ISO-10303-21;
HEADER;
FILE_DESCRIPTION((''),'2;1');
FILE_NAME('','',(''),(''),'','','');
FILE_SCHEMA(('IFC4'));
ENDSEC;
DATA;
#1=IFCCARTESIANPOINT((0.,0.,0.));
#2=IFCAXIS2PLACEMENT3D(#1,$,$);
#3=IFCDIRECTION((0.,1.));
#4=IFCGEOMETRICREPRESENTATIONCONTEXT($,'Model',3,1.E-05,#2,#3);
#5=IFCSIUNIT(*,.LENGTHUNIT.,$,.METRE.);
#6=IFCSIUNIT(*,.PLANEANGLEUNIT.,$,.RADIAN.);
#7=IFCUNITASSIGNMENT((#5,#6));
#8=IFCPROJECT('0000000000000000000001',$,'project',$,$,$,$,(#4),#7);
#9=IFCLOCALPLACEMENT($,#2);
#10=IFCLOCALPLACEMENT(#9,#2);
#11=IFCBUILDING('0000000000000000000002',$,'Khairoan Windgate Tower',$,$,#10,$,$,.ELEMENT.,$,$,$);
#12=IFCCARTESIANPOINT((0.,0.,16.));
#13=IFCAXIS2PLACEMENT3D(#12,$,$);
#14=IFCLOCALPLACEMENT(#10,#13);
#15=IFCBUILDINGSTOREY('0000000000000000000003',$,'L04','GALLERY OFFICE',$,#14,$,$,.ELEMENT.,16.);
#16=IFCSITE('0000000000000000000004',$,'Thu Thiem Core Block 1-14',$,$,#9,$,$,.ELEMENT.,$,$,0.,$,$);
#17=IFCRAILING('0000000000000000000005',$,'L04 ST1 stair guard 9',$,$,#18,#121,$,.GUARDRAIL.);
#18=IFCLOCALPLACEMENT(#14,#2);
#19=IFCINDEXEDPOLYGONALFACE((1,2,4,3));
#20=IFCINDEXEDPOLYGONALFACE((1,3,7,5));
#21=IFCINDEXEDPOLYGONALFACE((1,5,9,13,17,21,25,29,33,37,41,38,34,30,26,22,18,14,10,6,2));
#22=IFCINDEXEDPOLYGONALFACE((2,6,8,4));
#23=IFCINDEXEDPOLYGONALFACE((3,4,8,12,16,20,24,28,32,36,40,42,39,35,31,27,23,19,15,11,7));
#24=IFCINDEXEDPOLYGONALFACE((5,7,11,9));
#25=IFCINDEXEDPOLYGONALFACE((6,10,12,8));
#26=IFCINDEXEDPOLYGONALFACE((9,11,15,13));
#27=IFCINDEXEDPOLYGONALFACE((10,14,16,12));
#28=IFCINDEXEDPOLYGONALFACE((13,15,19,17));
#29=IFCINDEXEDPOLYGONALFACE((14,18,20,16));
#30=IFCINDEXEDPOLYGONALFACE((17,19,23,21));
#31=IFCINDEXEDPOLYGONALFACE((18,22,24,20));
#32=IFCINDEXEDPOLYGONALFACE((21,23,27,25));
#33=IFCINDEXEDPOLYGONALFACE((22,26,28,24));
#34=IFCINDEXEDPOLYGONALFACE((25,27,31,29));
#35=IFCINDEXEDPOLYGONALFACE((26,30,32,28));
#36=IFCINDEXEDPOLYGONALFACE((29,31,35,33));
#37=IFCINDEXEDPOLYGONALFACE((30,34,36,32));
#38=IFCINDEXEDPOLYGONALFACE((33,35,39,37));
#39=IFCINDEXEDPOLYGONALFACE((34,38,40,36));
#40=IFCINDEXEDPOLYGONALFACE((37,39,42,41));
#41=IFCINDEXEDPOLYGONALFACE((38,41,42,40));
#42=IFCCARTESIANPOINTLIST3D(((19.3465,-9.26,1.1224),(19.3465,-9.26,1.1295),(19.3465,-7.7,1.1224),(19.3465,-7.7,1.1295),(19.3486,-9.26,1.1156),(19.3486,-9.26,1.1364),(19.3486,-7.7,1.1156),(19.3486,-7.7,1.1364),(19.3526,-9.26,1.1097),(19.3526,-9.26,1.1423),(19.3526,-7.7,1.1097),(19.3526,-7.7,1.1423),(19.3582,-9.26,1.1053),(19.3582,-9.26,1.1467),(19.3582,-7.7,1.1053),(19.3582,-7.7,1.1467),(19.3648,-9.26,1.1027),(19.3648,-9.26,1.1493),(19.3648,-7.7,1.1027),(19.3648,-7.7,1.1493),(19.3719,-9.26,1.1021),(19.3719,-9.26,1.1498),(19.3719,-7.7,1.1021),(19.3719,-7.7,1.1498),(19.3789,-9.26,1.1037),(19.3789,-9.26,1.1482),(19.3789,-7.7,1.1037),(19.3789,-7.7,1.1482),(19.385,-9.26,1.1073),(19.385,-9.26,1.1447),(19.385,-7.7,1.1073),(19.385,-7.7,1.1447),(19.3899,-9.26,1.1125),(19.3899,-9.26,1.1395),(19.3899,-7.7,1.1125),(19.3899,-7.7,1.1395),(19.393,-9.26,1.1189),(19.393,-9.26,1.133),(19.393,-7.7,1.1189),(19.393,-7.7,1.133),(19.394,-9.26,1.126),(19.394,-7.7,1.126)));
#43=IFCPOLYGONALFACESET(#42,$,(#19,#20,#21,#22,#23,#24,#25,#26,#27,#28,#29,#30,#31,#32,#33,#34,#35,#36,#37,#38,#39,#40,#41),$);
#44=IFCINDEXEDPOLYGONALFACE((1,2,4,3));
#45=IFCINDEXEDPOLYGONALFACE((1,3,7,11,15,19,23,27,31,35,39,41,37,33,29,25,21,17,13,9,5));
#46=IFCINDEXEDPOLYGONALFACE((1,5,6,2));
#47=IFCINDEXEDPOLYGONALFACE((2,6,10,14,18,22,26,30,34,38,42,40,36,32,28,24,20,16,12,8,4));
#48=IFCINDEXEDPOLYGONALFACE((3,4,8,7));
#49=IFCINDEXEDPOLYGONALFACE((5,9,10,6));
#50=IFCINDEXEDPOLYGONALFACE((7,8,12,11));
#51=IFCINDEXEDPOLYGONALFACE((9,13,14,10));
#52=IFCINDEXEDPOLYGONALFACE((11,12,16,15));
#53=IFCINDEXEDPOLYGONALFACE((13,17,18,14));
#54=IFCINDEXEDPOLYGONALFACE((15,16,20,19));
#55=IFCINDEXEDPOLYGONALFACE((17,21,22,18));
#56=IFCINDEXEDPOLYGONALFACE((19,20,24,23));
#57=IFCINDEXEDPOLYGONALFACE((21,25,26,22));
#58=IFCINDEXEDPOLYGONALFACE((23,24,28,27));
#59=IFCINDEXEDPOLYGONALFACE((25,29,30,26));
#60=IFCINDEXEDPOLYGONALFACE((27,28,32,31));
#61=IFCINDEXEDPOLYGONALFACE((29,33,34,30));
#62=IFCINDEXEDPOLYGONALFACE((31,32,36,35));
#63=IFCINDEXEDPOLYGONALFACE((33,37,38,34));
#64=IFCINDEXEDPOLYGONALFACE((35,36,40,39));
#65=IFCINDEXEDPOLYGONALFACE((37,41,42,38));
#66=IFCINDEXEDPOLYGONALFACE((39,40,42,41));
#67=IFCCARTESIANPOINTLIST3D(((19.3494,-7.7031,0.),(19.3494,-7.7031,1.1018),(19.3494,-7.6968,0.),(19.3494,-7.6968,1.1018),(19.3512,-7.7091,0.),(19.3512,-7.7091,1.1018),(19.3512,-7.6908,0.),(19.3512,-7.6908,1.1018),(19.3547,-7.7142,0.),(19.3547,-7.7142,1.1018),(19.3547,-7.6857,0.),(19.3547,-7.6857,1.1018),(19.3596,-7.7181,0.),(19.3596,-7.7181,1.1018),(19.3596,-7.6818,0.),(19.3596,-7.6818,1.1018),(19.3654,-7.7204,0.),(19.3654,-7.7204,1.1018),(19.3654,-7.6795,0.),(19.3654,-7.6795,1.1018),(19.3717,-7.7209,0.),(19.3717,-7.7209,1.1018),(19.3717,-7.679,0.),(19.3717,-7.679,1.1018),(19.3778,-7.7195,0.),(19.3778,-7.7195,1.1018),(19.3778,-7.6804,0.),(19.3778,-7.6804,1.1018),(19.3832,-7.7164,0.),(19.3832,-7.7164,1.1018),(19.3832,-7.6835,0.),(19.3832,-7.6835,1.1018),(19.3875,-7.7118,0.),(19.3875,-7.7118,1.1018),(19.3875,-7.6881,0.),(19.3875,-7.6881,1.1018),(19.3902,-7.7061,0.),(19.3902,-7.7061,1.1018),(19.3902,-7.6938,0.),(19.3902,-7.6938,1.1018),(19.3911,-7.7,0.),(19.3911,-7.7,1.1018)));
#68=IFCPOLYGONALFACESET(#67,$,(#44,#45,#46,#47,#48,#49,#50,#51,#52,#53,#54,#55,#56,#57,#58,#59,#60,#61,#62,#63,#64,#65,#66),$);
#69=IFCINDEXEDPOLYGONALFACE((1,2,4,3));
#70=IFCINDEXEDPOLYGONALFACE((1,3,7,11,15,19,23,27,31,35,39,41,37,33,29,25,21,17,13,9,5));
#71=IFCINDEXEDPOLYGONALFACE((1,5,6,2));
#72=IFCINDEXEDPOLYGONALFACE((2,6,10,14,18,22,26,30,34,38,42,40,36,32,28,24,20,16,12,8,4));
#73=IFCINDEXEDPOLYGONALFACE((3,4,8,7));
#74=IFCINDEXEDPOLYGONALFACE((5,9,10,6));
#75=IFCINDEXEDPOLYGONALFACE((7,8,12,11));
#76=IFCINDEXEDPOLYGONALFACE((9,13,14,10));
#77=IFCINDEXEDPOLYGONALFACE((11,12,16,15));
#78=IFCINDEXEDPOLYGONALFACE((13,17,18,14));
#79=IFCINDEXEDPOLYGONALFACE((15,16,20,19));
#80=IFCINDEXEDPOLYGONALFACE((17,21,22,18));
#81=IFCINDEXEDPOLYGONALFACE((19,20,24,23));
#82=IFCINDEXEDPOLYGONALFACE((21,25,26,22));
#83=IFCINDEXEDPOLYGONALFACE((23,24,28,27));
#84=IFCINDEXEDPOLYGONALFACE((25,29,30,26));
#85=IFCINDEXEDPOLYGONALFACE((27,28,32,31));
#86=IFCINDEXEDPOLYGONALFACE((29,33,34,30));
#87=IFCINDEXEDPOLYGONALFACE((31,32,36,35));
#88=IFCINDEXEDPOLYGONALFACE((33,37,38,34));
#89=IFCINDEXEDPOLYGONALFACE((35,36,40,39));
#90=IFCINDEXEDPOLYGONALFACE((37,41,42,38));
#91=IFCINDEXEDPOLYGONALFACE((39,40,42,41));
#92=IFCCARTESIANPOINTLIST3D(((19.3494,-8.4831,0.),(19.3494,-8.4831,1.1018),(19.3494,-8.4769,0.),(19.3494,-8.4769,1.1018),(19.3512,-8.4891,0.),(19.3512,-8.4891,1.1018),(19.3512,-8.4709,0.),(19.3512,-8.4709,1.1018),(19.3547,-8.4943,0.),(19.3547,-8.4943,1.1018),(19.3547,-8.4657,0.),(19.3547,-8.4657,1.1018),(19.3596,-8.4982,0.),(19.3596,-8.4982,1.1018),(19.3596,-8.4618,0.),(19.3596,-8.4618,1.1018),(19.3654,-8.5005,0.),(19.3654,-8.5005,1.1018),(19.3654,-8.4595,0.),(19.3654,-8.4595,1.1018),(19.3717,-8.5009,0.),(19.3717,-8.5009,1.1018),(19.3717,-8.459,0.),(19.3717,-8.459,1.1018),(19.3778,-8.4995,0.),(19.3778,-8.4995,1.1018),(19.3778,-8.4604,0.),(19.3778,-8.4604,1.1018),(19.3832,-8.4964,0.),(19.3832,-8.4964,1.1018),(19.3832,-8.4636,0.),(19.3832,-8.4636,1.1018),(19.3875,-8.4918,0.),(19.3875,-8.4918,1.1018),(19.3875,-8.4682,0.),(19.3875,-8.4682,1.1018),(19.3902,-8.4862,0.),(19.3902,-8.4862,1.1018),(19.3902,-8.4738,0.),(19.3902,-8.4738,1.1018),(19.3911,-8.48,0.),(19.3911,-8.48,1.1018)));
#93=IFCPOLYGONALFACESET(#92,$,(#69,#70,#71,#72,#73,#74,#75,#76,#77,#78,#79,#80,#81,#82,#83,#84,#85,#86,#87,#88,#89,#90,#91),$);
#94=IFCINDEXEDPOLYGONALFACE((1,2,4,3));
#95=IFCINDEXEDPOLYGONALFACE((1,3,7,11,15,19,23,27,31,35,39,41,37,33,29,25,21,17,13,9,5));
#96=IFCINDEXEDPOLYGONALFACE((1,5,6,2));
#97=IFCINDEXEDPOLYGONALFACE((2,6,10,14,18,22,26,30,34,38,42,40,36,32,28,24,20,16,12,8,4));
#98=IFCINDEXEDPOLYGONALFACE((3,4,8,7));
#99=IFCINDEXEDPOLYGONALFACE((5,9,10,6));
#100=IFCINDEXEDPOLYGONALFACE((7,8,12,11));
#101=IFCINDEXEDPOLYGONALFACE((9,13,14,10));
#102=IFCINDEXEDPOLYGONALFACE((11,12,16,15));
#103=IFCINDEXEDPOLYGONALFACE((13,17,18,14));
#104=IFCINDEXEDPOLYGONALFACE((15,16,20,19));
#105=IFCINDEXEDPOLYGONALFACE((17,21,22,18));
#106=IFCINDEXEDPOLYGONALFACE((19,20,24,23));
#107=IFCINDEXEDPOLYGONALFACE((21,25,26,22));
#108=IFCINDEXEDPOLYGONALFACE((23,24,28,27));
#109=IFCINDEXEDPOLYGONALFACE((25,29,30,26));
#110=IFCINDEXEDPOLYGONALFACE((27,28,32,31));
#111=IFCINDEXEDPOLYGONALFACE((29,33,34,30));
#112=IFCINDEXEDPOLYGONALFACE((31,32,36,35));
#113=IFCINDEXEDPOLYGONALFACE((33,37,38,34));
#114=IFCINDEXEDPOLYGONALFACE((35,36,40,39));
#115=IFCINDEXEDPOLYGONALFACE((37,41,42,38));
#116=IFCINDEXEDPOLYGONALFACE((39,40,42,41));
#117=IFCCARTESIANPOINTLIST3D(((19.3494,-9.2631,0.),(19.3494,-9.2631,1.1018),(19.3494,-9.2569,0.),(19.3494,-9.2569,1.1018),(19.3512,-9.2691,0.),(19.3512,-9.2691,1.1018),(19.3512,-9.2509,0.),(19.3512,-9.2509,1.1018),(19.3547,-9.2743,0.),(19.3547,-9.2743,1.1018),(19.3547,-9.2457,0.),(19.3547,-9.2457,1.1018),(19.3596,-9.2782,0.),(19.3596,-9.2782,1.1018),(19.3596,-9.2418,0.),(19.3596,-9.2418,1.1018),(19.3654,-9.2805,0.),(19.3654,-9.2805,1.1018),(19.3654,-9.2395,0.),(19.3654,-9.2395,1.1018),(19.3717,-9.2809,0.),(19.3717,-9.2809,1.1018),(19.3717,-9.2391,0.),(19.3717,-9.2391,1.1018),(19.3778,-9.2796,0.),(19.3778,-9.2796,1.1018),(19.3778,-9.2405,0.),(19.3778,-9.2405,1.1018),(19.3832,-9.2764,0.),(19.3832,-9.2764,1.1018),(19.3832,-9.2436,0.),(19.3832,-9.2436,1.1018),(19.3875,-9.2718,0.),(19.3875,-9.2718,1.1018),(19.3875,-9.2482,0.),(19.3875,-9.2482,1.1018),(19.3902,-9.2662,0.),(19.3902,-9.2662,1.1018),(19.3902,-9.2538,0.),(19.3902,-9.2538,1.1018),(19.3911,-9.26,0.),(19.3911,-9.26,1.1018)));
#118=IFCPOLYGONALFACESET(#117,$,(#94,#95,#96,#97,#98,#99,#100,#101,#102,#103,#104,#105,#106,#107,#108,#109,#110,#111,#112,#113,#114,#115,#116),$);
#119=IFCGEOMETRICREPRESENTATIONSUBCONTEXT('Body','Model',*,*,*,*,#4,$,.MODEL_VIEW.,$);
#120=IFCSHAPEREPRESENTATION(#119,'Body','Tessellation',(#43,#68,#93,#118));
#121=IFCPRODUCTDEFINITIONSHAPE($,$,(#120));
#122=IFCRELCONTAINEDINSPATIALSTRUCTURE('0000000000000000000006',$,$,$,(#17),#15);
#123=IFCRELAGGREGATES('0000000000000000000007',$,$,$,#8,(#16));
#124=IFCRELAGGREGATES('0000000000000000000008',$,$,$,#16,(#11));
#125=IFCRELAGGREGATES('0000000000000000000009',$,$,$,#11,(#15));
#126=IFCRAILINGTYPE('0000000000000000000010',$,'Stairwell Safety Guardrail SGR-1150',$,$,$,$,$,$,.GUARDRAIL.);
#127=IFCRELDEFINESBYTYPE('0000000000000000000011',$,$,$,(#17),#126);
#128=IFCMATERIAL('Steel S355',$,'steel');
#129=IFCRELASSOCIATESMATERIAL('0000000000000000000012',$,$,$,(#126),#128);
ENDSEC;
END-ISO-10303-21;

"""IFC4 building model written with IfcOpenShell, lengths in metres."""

from ifc_helpers import new_model, si_unit, direction, frame, origin, origin_2d, place, context, subcontext, project, spatial, circle, extrude, material, type_object, element, save


model = new_model("IFC4")

# Units and contexts
model_context = context("Model", 3, precision=1e-05, world=origin(), true_north=direction((0.0, 1.0)))
body_context = subcontext(model_context, "Body", "Model", "MODEL_VIEW")
ifc_project = project(units=[si_unit("LENGTHUNIT", "METRE"), si_unit("PLANEANGLEUNIT", "RADIAN")], contexts=[model_context])

# Site, building, storey
site_placement = place(None, origin())
site = spatial("IfcSite", under=ifc_project, at=site_placement, Name="Thu Thiem Core Block 1-14", CompositionType="ELEMENT", RefElevation=0.0)
building_placement = place(site_placement, origin())
building = spatial("IfcBuilding", under=site, at=building_placement, Name="Khairoan Windgate Tower", CompositionType="ELEMENT")
storey_placement = place(building_placement, frame((0.0, 0.0, 16.0)))
storey = spatial("IfcBuildingStorey", under=building, at=storey_placement, Name="L04", Description="GALLERY OFFICE", CompositionType="ELEMENT", Elevation=16.0)

# Railing
ifc_material_1 = material(Name="Steel S355", Category="steel")
railing_type_1 = type_object("IfcRailingType", Name="Stairwell Safety Guardrail SGR-1150", PredefinedType="GUARDRAIL", material=ifc_material_1)
for number, where, name in (
    (1, (19.3701, -7.7, 0.0), "L04 ST1 stair guard 9"),
):
    element("IfcRailing", number, at=place(storey_placement, frame(where)), inside=storey, type_object=railing_type_1, Name=name, PredefinedType="GUARDRAIL", context=body_context, shape_type="SweptSolid", body=[
        extrude(circle(Radius=0.0239, at=origin_2d()), frame((0.0, 0.0, 1.126), z_axis=(0.0, -1.0, 0.0), x_axis=(1.0, 0.0, 0.0)), (0.0, 0.0, 1.0), 1.5601),
        extrude(circle(Radius=0.021, at=origin_2d()), origin(), (0.0, 0.0, 1.0), 1.1018),
        extrude(circle(Radius=0.021, at=origin_2d()), frame((0.0, -0.78, 0.0)), (0.0, 0.0, 1.0), 1.1018),
        extrude(circle(Radius=0.021, at=origin_2d()), frame((0.0, -1.5601, 0.0)), (0.0, 0.0, 1.0), 1.1018),
    ])

save(model, "model.ifc")
